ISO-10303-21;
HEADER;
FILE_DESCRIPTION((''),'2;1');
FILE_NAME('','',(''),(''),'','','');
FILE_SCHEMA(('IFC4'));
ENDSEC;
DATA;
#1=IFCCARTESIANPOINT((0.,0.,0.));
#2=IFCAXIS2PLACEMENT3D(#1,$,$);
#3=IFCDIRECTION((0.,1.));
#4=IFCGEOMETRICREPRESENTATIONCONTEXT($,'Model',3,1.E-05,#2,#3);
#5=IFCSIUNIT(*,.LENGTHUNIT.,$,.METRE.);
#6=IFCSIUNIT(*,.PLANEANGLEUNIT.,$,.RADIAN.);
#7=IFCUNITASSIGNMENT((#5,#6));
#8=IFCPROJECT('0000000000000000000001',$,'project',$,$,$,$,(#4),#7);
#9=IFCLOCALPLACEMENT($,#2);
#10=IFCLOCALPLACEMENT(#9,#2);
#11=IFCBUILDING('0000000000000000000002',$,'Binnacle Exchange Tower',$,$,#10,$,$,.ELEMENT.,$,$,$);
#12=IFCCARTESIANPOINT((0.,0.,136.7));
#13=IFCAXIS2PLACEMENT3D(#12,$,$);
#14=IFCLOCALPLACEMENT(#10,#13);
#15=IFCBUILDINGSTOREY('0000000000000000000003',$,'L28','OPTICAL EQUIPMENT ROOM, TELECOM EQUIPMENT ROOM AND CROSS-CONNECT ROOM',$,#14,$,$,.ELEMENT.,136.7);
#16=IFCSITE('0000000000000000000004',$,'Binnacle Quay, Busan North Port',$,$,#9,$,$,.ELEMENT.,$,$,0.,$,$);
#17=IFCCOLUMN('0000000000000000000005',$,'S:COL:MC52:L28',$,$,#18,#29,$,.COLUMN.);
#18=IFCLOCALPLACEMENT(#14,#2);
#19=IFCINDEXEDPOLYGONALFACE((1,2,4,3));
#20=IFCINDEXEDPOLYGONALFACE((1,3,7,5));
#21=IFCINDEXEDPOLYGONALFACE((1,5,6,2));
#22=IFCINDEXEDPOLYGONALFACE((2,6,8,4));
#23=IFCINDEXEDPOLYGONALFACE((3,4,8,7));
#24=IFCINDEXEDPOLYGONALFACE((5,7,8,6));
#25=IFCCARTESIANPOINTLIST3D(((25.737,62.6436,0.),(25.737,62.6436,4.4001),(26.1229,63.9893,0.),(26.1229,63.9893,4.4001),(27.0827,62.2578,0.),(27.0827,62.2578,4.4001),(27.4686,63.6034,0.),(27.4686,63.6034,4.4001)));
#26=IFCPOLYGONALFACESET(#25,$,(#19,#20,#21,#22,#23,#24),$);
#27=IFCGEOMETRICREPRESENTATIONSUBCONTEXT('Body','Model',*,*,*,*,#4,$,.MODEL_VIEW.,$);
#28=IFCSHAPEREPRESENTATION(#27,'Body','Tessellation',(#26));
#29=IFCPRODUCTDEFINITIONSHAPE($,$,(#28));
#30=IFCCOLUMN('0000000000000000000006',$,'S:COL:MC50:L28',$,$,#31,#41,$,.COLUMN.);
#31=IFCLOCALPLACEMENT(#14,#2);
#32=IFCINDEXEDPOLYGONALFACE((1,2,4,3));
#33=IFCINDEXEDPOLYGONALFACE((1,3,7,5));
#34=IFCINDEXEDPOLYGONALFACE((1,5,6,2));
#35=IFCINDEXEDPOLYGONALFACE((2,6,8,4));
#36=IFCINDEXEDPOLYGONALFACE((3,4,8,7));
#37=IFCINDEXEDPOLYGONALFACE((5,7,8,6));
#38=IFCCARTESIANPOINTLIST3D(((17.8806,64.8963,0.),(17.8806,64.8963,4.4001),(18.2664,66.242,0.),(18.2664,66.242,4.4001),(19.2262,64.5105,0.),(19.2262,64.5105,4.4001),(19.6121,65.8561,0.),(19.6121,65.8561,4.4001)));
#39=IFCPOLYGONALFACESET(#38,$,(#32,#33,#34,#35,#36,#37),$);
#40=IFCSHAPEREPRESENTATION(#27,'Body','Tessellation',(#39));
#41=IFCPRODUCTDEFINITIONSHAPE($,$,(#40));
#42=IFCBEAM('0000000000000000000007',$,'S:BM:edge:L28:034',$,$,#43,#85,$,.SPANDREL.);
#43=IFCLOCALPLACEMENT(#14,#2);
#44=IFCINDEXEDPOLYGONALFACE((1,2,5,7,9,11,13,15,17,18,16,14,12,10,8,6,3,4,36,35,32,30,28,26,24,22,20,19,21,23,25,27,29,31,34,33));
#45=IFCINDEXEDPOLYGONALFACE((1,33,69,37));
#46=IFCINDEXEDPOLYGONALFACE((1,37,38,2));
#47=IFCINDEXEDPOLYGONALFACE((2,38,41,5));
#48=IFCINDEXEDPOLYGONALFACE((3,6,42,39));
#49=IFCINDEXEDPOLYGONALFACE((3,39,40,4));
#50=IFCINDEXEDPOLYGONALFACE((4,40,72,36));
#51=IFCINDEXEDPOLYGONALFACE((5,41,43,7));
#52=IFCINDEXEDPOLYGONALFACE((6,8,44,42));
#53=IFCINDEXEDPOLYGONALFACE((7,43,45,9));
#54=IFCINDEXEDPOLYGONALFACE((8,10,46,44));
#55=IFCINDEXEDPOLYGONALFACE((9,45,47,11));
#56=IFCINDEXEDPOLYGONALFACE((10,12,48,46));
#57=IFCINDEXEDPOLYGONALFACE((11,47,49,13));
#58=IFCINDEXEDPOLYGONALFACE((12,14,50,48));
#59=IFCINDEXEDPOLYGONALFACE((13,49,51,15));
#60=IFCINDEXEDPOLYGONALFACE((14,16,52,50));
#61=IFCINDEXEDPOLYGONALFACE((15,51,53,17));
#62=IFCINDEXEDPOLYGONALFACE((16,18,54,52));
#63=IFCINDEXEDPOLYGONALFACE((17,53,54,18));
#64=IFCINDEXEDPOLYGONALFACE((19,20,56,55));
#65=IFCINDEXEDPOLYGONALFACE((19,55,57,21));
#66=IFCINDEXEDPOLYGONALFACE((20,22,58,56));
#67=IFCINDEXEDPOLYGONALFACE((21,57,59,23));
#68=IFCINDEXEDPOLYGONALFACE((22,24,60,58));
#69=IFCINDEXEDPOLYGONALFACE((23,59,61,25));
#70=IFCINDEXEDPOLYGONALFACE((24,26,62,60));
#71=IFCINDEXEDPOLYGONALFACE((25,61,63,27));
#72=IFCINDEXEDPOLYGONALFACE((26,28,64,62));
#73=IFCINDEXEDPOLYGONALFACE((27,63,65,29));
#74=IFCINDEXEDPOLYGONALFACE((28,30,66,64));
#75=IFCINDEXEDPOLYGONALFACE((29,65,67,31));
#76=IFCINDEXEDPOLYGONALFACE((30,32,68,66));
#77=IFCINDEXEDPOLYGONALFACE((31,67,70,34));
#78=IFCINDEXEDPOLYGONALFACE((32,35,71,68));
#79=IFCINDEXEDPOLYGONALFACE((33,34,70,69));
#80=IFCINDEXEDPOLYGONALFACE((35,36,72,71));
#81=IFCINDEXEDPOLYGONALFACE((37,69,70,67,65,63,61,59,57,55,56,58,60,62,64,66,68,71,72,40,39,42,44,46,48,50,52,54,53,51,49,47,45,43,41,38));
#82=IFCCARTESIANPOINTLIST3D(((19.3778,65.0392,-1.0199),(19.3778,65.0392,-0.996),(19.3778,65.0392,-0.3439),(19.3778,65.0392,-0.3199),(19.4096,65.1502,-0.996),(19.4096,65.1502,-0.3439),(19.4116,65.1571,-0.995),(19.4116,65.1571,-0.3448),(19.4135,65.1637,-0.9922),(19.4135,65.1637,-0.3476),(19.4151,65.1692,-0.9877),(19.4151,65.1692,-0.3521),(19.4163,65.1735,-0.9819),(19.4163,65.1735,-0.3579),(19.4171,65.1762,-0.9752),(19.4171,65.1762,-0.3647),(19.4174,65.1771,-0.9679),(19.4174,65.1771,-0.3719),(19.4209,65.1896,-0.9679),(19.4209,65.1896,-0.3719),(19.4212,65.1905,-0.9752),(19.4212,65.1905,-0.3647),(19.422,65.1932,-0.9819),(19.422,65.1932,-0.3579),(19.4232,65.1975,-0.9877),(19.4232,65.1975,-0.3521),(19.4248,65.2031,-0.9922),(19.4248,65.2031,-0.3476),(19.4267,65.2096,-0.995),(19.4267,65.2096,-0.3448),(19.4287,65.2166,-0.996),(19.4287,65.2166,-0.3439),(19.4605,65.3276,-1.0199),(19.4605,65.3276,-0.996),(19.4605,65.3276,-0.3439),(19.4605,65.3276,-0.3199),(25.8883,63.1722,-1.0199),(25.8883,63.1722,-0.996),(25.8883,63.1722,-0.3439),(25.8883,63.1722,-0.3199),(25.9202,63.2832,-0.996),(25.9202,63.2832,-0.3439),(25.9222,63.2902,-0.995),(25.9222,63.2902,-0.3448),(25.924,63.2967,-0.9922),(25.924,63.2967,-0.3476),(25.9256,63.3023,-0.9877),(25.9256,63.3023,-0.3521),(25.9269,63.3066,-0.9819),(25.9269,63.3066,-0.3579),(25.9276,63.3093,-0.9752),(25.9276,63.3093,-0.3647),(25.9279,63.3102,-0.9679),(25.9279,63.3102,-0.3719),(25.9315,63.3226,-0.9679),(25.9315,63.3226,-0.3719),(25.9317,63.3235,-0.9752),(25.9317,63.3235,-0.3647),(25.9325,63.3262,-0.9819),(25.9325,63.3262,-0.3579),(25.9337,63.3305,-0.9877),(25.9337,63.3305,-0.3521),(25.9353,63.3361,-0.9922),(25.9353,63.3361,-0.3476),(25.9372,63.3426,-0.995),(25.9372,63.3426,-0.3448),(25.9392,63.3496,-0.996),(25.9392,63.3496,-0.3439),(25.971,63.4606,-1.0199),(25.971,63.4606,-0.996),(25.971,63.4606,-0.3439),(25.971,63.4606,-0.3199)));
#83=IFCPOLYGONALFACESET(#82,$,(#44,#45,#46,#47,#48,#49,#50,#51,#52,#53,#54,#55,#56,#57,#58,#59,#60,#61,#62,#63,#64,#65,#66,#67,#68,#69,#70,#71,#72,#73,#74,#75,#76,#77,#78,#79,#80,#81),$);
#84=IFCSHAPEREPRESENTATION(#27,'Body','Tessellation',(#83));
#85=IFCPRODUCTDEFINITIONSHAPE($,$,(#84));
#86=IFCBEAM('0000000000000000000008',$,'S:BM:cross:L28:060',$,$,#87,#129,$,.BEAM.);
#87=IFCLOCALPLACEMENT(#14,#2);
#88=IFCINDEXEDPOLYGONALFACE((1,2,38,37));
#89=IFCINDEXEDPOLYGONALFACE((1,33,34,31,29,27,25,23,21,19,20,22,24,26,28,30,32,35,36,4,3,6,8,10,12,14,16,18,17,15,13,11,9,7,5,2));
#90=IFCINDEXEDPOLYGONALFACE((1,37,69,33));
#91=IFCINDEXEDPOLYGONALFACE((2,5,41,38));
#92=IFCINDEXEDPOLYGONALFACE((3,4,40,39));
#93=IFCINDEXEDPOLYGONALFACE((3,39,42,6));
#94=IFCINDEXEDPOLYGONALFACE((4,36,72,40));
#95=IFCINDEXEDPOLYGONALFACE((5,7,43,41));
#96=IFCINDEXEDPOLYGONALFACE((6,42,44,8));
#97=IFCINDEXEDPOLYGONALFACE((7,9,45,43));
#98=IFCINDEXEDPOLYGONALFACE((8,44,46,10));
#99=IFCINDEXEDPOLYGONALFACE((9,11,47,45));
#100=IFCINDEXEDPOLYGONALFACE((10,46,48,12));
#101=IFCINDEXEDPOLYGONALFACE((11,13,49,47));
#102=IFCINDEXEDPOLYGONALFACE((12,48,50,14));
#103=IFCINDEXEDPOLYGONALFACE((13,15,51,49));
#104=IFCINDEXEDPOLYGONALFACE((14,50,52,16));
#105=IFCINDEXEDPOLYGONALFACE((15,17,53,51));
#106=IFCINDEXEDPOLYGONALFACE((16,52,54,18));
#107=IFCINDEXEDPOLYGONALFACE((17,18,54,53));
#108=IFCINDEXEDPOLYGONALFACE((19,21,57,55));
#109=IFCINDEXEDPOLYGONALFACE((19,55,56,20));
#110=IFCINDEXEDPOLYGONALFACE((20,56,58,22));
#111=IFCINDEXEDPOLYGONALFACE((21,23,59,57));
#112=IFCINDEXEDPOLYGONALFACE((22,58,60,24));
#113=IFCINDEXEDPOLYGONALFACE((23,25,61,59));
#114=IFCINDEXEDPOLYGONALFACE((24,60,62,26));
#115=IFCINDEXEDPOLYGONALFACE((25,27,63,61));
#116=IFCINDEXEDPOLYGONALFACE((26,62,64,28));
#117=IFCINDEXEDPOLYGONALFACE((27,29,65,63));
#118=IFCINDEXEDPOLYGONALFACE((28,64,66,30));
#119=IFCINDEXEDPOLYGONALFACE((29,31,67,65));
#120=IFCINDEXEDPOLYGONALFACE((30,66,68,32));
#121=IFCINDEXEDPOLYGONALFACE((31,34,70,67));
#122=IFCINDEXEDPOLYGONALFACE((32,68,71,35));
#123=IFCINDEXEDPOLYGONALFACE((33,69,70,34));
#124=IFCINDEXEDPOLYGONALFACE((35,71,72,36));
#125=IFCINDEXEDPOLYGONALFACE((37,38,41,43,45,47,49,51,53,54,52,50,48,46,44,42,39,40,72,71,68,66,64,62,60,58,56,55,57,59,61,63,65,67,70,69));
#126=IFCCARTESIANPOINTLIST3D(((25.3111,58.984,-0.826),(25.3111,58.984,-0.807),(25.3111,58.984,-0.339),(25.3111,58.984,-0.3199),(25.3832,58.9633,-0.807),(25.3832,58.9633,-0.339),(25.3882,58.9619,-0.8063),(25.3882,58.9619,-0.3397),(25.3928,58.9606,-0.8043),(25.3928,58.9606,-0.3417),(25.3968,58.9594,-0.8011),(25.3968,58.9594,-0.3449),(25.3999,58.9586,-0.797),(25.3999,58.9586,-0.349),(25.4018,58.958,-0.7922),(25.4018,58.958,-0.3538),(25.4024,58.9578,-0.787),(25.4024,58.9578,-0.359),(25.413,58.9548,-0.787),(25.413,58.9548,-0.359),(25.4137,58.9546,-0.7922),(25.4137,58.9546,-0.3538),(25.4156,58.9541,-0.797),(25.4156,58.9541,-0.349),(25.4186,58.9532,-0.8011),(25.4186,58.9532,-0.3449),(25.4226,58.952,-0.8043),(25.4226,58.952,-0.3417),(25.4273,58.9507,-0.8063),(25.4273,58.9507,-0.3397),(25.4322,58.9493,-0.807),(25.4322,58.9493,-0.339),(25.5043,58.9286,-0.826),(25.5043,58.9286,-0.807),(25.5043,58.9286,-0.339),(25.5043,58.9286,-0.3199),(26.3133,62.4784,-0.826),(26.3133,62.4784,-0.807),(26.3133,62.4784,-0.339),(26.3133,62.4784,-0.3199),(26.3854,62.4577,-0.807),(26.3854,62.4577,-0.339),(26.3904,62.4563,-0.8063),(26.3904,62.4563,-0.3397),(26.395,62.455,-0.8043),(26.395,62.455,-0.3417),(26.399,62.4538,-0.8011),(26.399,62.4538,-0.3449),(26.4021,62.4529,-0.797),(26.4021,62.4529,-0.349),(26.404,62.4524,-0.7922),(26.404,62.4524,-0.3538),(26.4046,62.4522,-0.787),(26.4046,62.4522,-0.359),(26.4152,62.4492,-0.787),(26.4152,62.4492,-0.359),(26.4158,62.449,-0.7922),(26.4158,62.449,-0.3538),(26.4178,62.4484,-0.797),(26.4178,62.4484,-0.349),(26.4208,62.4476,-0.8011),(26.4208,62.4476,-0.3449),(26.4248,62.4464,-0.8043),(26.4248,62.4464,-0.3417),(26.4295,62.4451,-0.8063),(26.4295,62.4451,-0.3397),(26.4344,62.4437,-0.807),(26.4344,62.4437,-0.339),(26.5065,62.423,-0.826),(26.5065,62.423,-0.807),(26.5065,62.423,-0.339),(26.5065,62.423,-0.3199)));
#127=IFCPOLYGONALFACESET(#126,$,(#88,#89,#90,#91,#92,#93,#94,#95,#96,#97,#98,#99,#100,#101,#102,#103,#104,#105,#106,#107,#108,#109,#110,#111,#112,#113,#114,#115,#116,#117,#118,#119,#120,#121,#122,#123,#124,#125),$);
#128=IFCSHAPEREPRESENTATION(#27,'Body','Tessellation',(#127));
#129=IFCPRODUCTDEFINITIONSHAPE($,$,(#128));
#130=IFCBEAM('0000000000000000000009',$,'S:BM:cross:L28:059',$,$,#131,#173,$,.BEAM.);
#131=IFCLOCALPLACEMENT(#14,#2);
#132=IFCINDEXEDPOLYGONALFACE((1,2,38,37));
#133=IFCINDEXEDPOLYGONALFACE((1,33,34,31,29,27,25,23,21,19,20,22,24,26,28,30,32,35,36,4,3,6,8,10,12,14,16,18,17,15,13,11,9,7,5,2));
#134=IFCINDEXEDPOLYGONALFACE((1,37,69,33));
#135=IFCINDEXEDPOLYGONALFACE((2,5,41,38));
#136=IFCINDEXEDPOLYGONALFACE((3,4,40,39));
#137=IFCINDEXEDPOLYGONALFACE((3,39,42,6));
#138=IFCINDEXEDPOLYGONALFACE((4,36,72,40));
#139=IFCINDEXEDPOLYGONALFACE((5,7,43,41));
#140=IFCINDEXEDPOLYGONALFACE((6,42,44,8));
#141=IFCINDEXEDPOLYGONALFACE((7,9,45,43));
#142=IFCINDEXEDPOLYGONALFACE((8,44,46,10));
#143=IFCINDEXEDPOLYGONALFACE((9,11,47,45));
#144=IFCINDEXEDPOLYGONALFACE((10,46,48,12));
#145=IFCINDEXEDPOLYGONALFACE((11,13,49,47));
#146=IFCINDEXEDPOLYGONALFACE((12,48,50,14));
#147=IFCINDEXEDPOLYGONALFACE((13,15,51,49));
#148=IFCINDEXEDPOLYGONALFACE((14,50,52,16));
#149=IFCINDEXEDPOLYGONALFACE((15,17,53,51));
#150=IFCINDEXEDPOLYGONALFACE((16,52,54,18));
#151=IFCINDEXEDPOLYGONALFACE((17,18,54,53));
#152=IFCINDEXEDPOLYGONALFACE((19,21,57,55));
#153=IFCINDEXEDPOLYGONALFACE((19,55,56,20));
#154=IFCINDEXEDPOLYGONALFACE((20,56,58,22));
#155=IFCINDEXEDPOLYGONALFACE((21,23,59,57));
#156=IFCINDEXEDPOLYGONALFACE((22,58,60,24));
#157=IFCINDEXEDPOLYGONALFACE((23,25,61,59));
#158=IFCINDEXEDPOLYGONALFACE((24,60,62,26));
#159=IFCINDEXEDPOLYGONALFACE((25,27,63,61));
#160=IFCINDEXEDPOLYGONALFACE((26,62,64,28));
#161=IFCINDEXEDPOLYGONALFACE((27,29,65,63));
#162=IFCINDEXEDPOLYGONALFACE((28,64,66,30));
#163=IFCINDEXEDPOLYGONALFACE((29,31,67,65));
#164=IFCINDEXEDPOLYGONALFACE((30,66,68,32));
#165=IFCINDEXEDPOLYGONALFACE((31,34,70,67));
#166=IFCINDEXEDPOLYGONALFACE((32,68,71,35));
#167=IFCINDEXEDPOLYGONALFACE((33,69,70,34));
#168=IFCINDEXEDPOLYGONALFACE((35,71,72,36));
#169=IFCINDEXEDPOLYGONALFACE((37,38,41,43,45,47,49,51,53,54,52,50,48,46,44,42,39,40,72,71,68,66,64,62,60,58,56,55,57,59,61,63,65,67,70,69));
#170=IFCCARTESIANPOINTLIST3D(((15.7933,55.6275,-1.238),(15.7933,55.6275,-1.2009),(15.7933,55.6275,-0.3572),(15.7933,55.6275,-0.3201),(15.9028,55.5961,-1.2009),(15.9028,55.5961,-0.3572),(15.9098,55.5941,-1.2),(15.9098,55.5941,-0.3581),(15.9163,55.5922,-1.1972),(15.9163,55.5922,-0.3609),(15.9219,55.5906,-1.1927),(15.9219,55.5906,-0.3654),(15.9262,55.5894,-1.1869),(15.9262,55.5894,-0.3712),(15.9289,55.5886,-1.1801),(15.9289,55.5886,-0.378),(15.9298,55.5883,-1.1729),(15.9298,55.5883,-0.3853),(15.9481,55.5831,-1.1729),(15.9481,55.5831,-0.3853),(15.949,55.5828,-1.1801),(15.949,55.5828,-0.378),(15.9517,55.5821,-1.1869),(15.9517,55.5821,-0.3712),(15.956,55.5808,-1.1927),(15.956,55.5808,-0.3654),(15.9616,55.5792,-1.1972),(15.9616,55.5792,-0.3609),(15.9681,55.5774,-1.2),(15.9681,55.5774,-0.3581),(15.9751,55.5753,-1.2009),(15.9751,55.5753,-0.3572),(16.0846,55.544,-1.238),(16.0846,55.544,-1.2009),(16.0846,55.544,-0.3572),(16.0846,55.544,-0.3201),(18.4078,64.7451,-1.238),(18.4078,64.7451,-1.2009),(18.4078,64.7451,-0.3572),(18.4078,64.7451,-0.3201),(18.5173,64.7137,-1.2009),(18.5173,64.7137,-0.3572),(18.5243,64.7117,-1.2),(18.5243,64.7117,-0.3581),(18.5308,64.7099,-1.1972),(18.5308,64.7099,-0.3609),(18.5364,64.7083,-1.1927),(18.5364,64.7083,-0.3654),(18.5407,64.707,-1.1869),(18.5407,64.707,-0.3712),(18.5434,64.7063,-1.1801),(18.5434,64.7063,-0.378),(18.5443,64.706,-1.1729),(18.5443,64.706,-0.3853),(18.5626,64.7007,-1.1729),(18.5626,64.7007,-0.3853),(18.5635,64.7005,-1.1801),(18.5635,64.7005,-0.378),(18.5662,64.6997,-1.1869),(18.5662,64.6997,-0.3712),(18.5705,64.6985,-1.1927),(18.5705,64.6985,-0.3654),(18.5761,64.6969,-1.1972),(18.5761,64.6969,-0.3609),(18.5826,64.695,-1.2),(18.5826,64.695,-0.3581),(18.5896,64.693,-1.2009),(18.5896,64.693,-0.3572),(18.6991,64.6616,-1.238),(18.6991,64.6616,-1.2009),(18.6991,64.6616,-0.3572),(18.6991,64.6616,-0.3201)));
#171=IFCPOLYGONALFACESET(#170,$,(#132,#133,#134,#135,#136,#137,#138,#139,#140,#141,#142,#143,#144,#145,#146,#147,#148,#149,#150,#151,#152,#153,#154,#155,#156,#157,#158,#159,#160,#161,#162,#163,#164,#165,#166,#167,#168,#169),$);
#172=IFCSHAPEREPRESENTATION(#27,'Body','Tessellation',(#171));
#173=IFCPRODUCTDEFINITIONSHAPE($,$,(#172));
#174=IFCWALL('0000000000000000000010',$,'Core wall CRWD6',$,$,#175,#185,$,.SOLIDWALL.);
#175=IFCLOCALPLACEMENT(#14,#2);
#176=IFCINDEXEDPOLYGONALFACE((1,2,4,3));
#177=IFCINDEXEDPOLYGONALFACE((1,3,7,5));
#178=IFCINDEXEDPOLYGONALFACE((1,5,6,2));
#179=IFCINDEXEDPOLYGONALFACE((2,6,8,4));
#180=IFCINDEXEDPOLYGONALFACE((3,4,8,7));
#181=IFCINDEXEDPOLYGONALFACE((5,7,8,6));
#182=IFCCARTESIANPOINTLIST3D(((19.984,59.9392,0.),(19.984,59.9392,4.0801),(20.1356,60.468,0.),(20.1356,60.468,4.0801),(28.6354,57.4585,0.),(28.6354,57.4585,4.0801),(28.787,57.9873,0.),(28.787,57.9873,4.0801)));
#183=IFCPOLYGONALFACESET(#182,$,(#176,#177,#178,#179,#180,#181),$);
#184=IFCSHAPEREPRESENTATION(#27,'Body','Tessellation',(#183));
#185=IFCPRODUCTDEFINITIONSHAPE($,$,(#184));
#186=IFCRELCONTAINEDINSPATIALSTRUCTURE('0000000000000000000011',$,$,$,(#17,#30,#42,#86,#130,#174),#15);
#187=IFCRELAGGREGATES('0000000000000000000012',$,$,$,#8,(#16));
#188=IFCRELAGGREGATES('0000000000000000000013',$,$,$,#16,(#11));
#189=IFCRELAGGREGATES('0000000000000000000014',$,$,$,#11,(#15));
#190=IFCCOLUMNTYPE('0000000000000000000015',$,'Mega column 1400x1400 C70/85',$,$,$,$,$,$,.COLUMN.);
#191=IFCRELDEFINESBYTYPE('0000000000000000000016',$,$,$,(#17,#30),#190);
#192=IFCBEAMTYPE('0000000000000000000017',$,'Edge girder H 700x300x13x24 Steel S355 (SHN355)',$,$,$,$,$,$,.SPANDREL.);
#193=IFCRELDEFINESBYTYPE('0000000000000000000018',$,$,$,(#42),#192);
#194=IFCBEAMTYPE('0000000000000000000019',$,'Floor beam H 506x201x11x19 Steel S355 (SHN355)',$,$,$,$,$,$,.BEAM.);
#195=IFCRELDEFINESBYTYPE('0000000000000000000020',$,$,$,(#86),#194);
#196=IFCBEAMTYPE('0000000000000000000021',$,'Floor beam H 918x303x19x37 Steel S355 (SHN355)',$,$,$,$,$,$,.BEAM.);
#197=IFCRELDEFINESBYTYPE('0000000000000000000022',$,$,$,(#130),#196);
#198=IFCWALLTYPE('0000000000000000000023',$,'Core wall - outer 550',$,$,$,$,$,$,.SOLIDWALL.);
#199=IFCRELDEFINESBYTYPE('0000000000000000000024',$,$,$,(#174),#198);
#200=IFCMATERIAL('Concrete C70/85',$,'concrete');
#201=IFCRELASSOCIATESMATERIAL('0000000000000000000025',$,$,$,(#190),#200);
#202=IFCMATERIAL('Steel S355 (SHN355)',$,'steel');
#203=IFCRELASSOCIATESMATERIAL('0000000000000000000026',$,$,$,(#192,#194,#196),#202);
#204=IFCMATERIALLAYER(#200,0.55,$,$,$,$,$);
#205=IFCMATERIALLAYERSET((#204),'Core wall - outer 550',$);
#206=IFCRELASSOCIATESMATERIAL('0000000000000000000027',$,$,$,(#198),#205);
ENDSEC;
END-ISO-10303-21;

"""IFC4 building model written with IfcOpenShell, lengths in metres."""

from ifc_helpers import new_model, si_unit, direction, frame, frame_2d, origin, origin_2d, place, context, subcontext, project, spatial, rectangle, i_section, extrude, material, layer, layer_set, material_profile, profile_set, type_object, element, save


model = new_model("IFC4")

# Units and contexts
model_context = context("Model", 3, precision=1e-05, world=origin(), true_north=direction((0.0, 1.0)))
body_context = subcontext(model_context, "Body", "Model", "MODEL_VIEW")
ifc_project = project(units=[si_unit("LENGTHUNIT", "METRE"), si_unit("PLANEANGLEUNIT", "RADIAN")], contexts=[model_context])

# Site, building, storey
site_placement = place(None, origin())
site = spatial("IfcSite", under=ifc_project, at=site_placement, Name="Binnacle Quay, Busan North Port", CompositionType="ELEMENT", RefElevation=0.0)
building_placement = place(site_placement, origin())
building = spatial("IfcBuilding", under=site, at=building_placement, Name="Binnacle Exchange Tower", CompositionType="ELEMENT")
storey_placement = place(building_placement, frame((0.0, 0.0, 136.7)))
storey = spatial("IfcBuildingStorey", under=building, at=storey_placement, Name="L28", Description="OPTICAL EQUIPMENT ROOM, TELECOM EQUIPMENT ROOM AND CROSS-CONNECT ROOM", CompositionType="ELEMENT", Elevation=136.7)

# Columns
ifc_material_1 = material(Name="Concrete C70/85", Category="concrete")
ifc_material_profile_1 = material_profile(ifc_material_1, rectangle(XDim=1.3999, YDim=1.3999, at=origin_2d()), Name="Mega column 1400x1400 C70/85")
ifc_profile_set_1 = profile_set([ifc_material_profile_1], Name="Concrete C70/85")
column_type = type_object("IfcColumnType", Name="Mega column 1400x1400 C70/85", PredefinedType="COLUMN", material=ifc_profile_set_1)
for number, where, z_axis, x_axis, name in (
    (1, (26.6028, 63.1235, 0.0), (0.0, 0.0, 1.0), (-0.961262, 0.275637, 0.0), "S:COL:MC52:L28"),
    (2, (18.7463, 65.3762, 0.0), (0.0, 0.0, 1.0), (-0.961262, 0.275637, 0.0), "S:COL:MC50:L28"),
):
    element("IfcColumn", number, at=place(storey_placement, frame(where, z_axis=z_axis, x_axis=x_axis)), inside=storey, type_object=column_type, Name=name, PredefinedType="COLUMN", context=body_context, shape_type="SweptSolid", body=[
        extrude(rectangle(XDim=1.3999, YDim=1.3999, at=origin_2d()), origin(), (0.0, 0.0, 1.0), 4.4001),
    ])

# Beams
ifc_material_2 = material(Name="Steel S355 (SHN355)", Category="steel")
ifc_material_profile_2 = material_profile(ifc_material_2, i_section(OverallWidth=0.3, OverallDepth=0.7, WebThickness=0.0129, FlangeThickness=0.0239, FilletRadius=0.0281, at=origin_2d()), Name="H 700x300x13x24")
ifc_profile_set_2 = profile_set([ifc_material_profile_2], Name="Steel S355 (SHN355)")
beam_type_1 = type_object("IfcBeamType", Name="Edge girder H 700x300x13x24 Steel S355 (SHN355)", PredefinedType="SPANDREL", material=ifc_profile_set_2)
beam_1_placement = place(storey_placement, frame((25.9297, 63.3164, -0.6699), z_axis=(-0.961258, 0.275649, 0.0), x_axis=(-0.275649, -0.961258, 0.0)))
element("IfcBeam", 3, at=beam_1_placement, inside=storey, type_object=beam_type_1, Name="S:BM:edge:L28:034", PredefinedType="SPANDREL", context=body_context, shape_type="SweptSolid", body=[
    extrude(i_section(OverallWidth=0.3, OverallDepth=0.7, WebThickness=0.0129, FlangeThickness=0.0239, FilletRadius=0.0281, at=origin_2d()), origin(), (0.0, 0.0, 1.0), 6.7729),
])
ifc_material_profile_3 = material_profile(ifc_material_2, i_section(OverallWidth=0.2009, OverallDepth=0.5061, WebThickness=0.011, FlangeThickness=0.019, FilletRadius=0.02, at=origin_2d()), Name="H 506x201x11x19")
ifc_profile_set_3 = profile_set([ifc_material_profile_3], Name="Steel S355 (SHN355)")
beam_type_2 = type_object("IfcBeamType", Name="Floor beam H 506x201x11x19 Steel S355 (SHN355)", PredefinedType="BEAM", material=ifc_profile_set_3)
beam_2_placement = place(storey_placement, frame((26.4099, 62.4507, -0.573), z_axis=(-0.275688, -0.961247, 0.0), x_axis=(0.961247, -0.275688, 0.0)))
element("IfcBeam", 4, at=beam_2_placement, inside=storey, type_object=beam_type_2, Name="S:BM:cross:L28:060", PredefinedType="BEAM", context=body_context, shape_type="SweptSolid", body=[
    extrude(i_section(OverallWidth=0.2009, OverallDepth=0.5061, WebThickness=0.011, FlangeThickness=0.019, FilletRadius=0.02, at=origin_2d()), origin(), (0.0, 0.0, 1.0), 3.6353),
])
ifc_material_profile_4 = material_profile(ifc_material_2, i_section(OverallWidth=0.303, OverallDepth=0.918, WebThickness=0.019, FlangeThickness=0.0371, FilletRadius=0.0281, at=origin_2d()), Name="H 918x303x19x37")
ifc_profile_set_4 = profile_set([ifc_material_profile_4], Name="Steel S355 (SHN355)")
beam_type_3 = type_object("IfcBeamType", Name="Floor beam H 918x303x19x37 Steel S355 (SHN355)", PredefinedType="BEAM", material=ifc_profile_set_4)
beam_3_placement = place(storey_placement, frame((18.5535, 64.7034, -0.7791), z_axis=(-0.275642, -0.96126, 0.0), x_axis=(0.96126, -0.275642, 0.0)))
element("IfcBeam", 5, at=beam_3_placement, inside=storey, type_object=beam_type_3, Name="S:BM:cross:L28:059", PredefinedType="BEAM", context=body_context, shape_type="SweptSolid", body=[
    extrude(i_section(OverallWidth=0.303, OverallDepth=0.918, WebThickness=0.019, FlangeThickness=0.0371, FilletRadius=0.0281, at=origin_2d()), origin(), (0.0, 0.0, 1.0), 9.4851),
])

# Wall
ifc_layer_1 = layer(ifc_material_1, 0.55)
ifc_layer_set_1 = layer_set([ifc_layer_1], Name="Core wall - outer 550")
wall_type_1 = type_object("IfcWallType", Name="Core wall - outer 550", PredefinedType="SOLIDWALL", material=ifc_layer_set_1)
wall_1_placement = place(storey_placement, frame((20.0598, 60.2036, 0.0), z_axis=(0.0, 0.0, 1.0), x_axis=(0.961262, -0.275635, 0.0)))
element("IfcWall", 6, at=wall_1_placement, inside=storey, type_object=wall_type_1, Name="Core wall CRWD6", PredefinedType="SOLIDWALL", context=body_context, shape_type="SweptSolid", body=[
    extrude(rectangle(XDim=9.0, YDim=0.55, at=frame_2d((4.5, 0.0))), origin(), (0.0, 0.0, 1.0), 4.0801),
])

save(model, "model.ifc")
